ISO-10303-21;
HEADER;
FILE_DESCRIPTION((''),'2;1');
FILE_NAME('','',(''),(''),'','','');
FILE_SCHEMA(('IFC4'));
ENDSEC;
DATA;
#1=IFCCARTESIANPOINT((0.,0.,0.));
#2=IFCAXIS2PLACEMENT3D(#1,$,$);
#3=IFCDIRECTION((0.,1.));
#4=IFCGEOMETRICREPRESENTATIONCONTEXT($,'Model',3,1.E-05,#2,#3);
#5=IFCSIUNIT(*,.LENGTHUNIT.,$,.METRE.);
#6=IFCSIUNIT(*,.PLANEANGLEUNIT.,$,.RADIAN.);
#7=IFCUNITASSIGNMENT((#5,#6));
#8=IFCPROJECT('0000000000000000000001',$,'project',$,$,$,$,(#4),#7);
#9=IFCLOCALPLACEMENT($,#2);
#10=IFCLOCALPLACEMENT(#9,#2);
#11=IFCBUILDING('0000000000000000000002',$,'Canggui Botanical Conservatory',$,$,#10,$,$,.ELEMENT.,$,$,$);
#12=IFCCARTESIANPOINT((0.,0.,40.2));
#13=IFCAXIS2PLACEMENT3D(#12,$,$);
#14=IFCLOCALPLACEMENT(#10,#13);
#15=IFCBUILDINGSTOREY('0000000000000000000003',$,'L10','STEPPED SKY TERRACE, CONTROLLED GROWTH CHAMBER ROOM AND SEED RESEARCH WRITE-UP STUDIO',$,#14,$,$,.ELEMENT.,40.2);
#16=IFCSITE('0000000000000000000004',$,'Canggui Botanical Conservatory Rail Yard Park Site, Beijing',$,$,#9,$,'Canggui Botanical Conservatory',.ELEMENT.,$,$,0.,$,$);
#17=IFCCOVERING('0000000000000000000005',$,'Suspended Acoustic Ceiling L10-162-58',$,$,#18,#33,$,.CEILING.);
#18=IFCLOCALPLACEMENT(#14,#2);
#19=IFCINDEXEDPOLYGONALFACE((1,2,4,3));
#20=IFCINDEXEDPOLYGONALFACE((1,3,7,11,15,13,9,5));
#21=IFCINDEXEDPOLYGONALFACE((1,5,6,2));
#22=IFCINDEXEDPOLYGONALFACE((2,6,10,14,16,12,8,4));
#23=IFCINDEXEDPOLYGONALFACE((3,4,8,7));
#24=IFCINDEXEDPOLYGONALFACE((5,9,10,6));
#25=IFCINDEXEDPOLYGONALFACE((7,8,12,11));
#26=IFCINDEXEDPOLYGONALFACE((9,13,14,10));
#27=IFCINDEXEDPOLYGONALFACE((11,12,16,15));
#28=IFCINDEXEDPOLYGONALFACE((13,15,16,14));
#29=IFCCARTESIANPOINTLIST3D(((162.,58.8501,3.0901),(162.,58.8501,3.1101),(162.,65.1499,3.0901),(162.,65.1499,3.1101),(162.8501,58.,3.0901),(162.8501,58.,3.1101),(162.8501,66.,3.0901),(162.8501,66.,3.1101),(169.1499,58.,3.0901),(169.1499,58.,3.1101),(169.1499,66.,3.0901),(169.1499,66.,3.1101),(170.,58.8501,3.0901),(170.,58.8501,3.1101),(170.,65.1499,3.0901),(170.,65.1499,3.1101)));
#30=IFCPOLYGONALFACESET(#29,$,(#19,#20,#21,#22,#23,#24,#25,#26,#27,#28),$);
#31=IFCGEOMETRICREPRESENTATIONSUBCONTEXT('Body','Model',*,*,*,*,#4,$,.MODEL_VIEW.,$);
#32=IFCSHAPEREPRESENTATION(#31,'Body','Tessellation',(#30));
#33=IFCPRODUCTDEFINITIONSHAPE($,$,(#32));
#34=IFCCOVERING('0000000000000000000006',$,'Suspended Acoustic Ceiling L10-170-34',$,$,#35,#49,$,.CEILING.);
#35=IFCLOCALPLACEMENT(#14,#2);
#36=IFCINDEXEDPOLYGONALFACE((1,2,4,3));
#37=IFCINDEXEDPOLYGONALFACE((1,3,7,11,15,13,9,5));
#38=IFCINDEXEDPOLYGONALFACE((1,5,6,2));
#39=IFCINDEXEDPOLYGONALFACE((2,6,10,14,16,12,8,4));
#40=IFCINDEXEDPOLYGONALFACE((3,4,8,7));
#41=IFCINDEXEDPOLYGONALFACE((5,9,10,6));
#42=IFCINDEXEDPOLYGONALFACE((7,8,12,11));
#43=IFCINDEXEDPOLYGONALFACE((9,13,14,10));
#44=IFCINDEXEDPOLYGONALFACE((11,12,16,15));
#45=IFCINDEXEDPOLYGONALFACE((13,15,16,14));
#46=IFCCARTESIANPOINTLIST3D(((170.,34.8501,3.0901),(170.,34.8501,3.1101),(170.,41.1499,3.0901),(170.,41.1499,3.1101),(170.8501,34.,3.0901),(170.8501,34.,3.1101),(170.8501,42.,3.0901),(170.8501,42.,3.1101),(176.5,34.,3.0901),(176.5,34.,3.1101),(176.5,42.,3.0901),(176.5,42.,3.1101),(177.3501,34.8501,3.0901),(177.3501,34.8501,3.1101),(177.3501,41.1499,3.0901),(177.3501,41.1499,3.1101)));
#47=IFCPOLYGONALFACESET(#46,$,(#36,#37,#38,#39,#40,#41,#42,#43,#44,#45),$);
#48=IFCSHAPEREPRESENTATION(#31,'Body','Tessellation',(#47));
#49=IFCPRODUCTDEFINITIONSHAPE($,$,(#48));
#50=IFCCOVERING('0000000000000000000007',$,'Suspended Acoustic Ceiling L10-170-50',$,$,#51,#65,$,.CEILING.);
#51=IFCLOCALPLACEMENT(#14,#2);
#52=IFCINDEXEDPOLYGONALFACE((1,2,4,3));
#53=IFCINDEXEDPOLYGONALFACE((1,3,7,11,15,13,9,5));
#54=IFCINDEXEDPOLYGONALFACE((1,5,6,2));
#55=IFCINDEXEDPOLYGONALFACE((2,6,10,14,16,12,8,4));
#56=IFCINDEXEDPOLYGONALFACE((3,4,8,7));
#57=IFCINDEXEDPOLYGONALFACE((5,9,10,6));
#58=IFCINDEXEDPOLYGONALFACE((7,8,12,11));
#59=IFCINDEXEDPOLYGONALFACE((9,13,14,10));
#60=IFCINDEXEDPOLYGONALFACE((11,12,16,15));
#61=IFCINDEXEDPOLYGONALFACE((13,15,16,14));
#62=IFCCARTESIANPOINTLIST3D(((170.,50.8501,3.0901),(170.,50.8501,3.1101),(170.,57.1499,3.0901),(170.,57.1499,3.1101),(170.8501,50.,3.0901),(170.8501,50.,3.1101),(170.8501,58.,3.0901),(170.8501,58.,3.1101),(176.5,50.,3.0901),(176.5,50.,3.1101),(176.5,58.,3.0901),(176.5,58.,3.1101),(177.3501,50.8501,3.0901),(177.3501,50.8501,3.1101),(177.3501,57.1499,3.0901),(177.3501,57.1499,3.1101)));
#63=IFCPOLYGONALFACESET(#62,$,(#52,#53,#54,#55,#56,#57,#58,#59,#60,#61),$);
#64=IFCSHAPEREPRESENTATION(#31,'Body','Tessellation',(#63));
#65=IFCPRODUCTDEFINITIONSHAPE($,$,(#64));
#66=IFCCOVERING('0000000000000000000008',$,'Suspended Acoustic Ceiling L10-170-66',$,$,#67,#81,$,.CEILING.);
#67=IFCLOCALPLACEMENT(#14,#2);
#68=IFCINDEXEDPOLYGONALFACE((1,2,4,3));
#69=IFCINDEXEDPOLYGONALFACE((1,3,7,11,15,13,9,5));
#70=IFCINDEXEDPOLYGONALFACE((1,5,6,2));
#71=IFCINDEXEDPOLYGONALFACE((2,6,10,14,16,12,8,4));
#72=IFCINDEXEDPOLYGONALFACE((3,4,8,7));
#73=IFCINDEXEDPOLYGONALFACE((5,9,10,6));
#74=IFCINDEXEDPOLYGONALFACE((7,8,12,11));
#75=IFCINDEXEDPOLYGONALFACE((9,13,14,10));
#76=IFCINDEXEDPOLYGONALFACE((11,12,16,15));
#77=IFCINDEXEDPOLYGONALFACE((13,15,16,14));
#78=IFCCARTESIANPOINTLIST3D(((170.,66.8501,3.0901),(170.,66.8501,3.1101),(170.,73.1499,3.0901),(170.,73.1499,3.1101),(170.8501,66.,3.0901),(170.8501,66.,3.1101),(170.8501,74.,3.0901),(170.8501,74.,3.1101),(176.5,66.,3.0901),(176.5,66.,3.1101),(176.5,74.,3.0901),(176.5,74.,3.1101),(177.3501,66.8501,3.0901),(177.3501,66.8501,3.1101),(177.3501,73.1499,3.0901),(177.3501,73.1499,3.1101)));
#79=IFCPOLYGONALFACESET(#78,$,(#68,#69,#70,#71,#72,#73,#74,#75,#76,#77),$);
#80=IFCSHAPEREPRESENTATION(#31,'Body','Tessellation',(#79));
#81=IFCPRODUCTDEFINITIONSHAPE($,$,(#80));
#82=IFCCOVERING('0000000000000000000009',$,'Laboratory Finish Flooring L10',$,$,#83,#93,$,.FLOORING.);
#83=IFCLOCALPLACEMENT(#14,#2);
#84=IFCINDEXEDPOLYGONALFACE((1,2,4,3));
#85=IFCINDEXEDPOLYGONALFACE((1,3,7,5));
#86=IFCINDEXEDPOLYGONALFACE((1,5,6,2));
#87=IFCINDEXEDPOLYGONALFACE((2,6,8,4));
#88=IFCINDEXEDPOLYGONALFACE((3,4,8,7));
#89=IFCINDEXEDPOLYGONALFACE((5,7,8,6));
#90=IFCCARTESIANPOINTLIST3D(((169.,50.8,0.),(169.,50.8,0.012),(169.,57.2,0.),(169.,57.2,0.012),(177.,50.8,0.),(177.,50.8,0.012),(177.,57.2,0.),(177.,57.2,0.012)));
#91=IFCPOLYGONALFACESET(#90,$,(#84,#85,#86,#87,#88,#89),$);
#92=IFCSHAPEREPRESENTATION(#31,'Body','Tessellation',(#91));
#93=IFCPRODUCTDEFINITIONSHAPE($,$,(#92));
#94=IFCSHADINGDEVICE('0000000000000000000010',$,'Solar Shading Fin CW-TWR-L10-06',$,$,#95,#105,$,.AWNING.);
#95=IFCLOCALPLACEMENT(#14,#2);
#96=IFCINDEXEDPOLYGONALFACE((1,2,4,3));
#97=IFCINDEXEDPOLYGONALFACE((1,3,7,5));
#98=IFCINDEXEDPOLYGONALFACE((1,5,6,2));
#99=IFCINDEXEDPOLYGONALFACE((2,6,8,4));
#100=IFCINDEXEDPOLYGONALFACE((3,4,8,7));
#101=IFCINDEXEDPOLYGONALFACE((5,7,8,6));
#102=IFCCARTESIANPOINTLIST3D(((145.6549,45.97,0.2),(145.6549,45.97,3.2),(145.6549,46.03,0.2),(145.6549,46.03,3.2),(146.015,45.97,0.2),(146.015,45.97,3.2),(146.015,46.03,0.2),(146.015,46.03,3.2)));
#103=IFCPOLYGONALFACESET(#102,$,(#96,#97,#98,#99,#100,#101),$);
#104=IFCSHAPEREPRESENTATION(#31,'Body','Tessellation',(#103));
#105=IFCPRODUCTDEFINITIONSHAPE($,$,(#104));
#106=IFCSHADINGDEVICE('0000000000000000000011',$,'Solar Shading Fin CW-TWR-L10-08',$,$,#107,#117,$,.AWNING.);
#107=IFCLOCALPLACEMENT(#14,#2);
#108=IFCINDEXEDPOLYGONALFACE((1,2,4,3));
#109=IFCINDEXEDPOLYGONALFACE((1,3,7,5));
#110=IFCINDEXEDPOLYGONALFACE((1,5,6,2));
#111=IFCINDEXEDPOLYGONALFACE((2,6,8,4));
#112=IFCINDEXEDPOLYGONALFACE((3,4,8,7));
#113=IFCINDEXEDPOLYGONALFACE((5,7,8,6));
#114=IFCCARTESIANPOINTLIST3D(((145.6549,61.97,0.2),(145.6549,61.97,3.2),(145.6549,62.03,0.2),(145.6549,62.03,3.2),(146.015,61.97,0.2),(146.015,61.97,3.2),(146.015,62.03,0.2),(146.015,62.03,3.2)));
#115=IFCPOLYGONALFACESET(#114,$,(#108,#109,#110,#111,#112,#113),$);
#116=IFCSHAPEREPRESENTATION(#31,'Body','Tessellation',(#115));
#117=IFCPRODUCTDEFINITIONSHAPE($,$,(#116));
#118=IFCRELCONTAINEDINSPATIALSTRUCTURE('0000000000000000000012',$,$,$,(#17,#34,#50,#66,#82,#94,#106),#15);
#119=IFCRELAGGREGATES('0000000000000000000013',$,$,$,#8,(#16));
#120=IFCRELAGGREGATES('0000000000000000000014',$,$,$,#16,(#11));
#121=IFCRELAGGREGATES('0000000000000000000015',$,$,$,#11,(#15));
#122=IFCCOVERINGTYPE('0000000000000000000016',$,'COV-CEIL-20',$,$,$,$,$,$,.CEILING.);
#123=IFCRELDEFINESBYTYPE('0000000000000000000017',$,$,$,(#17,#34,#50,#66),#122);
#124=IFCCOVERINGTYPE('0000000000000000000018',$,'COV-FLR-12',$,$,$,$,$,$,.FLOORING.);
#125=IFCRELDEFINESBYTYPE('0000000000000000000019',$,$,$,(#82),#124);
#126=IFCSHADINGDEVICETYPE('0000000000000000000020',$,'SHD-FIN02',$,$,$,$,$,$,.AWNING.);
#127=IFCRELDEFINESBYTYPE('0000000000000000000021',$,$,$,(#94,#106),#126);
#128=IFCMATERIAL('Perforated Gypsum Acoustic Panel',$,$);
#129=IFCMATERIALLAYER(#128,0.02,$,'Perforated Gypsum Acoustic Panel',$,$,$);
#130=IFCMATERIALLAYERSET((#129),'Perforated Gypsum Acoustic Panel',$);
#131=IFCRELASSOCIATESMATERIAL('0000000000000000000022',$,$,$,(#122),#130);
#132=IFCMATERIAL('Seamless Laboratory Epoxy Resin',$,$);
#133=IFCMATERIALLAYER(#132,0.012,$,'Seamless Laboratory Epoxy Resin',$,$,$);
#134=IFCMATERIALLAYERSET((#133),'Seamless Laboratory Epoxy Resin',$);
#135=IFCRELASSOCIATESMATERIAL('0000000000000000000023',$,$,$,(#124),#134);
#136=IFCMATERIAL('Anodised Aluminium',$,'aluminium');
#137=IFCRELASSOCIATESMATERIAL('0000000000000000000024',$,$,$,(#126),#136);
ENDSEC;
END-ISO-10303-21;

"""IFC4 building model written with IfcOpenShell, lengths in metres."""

from ifc_helpers import new_model, si_unit, direction, frame, origin, origin_2d, place, context, subcontext, project, spatial, polyline, rectangle, outline, extrude, material, layer, layer_set, type_object, element, save


model = new_model("IFC4")

# Units and contexts
model_context = context("Model", 3, precision=1e-05, world=origin(), true_north=direction((0.0, 1.0)))
body_context = subcontext(model_context, "Body", "Model", "MODEL_VIEW")
ifc_project = project(units=[si_unit("LENGTHUNIT", "METRE"), si_unit("PLANEANGLEUNIT", "RADIAN")], contexts=[model_context])

# Site, building, storey
site_placement = place(None, origin())
site = spatial("IfcSite", under=ifc_project, at=site_placement, Name="Canggui Botanical Conservatory Rail Yard Park Site, Beijing", LongName="Canggui Botanical Conservatory", CompositionType="ELEMENT", RefElevation=0.0)
building_placement = place(site_placement, origin())
building = spatial("IfcBuilding", under=site, at=building_placement, Name="Canggui Botanical Conservatory", CompositionType="ELEMENT")
storey_placement = place(building_placement, frame((0.0, 0.0, 40.2)))
storey = spatial("IfcBuildingStorey", under=building, at=storey_placement, Name="L10", Description="STEPPED SKY TERRACE, CONTROLLED GROWTH CHAMBER ROOM AND SEED RESEARCH WRITE-UP STUDIO", CompositionType="ELEMENT", Elevation=40.2)

# Coverings
ifc_material_1 = material(Name="Perforated Gypsum Acoustic Panel")
ifc_layer_1 = layer(ifc_material_1, 0.02, Name="Perforated Gypsum Acoustic Panel")
ifc_layer_set_1 = layer_set([ifc_layer_1], Name="Perforated Gypsum Acoustic Panel")
covering_type_1 = type_object("IfcCoveringType", Name="COV-CEIL-20", PredefinedType="CEILING", material=ifc_layer_set_1)
covering_1_placement = place(storey_placement, frame((0.0, 0.0, 3.0901)))
element("IfcCovering", 1, at=covering_1_placement, inside=storey, type_object=covering_type_1, Name="Suspended Acoustic Ceiling L10-162-58", PredefinedType="CEILING", context=body_context, shape_type="SweptSolid", body=[
    extrude(outline(polyline([(162.8501, 58.0), (169.1499, 58.0), (170.0, 58.8501), (170.0, 65.1499), (169.1499, 66.0), (162.8501, 66.0), (162.0, 65.1499), (162.0, 58.8501), (162.8501, 58.0)])), origin(), (0.0, 0.0, 1.0), 0.02),
])
covering_2_placement = place(storey_placement, frame((0.0, 0.0, 3.0901)))
element("IfcCovering", 2, at=covering_2_placement, inside=storey, type_object=covering_type_1, Name="Suspended Acoustic Ceiling L10-170-34", PredefinedType="CEILING", context=body_context, shape_type="SweptSolid", body=[
    extrude(outline(polyline([(170.8501, 34.0), (176.5, 34.0), (177.3501, 34.8501), (177.3501, 41.1499), (176.5, 42.0), (170.8501, 42.0), (170.0, 41.1499), (170.0, 34.8501), (170.8501, 34.0)])), origin(), (0.0, 0.0, 1.0), 0.02),
])
covering_3_placement = place(storey_placement, frame((0.0, 0.0, 3.0901)))
element("IfcCovering", 3, at=covering_3_placement, inside=storey, type_object=covering_type_1, Name="Suspended Acoustic Ceiling L10-170-50", PredefinedType="CEILING", context=body_context, shape_type="SweptSolid", body=[
    extrude(outline(polyline([(170.8501, 50.0), (176.5, 50.0), (177.3501, 50.8501), (177.3501, 57.1499), (176.5, 58.0), (170.8501, 58.0), (170.0, 57.1499), (170.0, 50.8501), (170.8501, 50.0)])), origin(), (0.0, 0.0, 1.0), 0.02),
])
covering_4_placement = place(storey_placement, frame((0.0, 0.0, 3.0901)))
element("IfcCovering", 4, at=covering_4_placement, inside=storey, type_object=covering_type_1, Name="Suspended Acoustic Ceiling L10-170-66", PredefinedType="CEILING", context=body_context, shape_type="SweptSolid", body=[
    extrude(outline(polyline([(170.8501, 66.0), (176.5, 66.0), (177.3501, 66.8501), (177.3501, 73.1499), (176.5, 74.0), (170.8501, 74.0), (170.0, 73.1499), (170.0, 66.8501), (170.8501, 66.0)])), origin(), (0.0, 0.0, 1.0), 0.02),
])
ifc_material_2 = material(Name="Seamless Laboratory Epoxy Resin")
ifc_layer_2 = layer(ifc_material_2, 0.012, Name="Seamless Laboratory Epoxy Resin")
ifc_layer_set_2 = layer_set([ifc_layer_2], Name="Seamless Laboratory Epoxy Resin")
covering_type_2 = type_object("IfcCoveringType", Name="COV-FLR-12", PredefinedType="FLOORING", material=ifc_layer_set_2)
covering_5_placement = place(storey_placement, origin())
element("IfcCovering", 5, at=covering_5_placement, inside=storey, type_object=covering_type_2, Name="Laboratory Finish Flooring L10", PredefinedType="FLOORING", context=body_context, shape_type="SweptSolid", body=[
    extrude(outline(polyline([(169.0, 50.8), (177.0, 50.8), (177.0, 57.2), (169.0, 57.2), (169.0, 50.8)])), origin(), (0.0, 0.0, 1.0), 0.012),
])

# Shading devices
ifc_material_3 = material(Name="Anodised Aluminium", Category="aluminium")
shading_device_type = type_object("IfcShadingDeviceType", Name="SHD-FIN02", PredefinedType="AWNING", material=ifc_material_3)
for number, where, z_axis, x_axis, name in (
    (6, (145.835, 46.0, 0.2), (0.0, 0.0, 1.0), (0.0, 1.0, 0.0), "Solar Shading Fin CW-TWR-L10-06"),
    (7, (145.835, 62.0, 0.2), (0.0, 0.0, 1.0), (0.0, 1.0, 0.0), "Solar Shading Fin CW-TWR-L10-08"),
):
    element("IfcShadingDevice", number, at=place(storey_placement, frame(where, z_axis=z_axis, x_axis=x_axis)), inside=storey, type_object=shading_device_type, Name=name, PredefinedType="AWNING", context=body_context, shape_type="SweptSolid", body=[
        extrude(rectangle(XDim=0.0601, YDim=0.3601, at=origin_2d()), origin(), (0.0, 0.0, 1.0), 3.0),
    ])

save(model, "model.ifc")
